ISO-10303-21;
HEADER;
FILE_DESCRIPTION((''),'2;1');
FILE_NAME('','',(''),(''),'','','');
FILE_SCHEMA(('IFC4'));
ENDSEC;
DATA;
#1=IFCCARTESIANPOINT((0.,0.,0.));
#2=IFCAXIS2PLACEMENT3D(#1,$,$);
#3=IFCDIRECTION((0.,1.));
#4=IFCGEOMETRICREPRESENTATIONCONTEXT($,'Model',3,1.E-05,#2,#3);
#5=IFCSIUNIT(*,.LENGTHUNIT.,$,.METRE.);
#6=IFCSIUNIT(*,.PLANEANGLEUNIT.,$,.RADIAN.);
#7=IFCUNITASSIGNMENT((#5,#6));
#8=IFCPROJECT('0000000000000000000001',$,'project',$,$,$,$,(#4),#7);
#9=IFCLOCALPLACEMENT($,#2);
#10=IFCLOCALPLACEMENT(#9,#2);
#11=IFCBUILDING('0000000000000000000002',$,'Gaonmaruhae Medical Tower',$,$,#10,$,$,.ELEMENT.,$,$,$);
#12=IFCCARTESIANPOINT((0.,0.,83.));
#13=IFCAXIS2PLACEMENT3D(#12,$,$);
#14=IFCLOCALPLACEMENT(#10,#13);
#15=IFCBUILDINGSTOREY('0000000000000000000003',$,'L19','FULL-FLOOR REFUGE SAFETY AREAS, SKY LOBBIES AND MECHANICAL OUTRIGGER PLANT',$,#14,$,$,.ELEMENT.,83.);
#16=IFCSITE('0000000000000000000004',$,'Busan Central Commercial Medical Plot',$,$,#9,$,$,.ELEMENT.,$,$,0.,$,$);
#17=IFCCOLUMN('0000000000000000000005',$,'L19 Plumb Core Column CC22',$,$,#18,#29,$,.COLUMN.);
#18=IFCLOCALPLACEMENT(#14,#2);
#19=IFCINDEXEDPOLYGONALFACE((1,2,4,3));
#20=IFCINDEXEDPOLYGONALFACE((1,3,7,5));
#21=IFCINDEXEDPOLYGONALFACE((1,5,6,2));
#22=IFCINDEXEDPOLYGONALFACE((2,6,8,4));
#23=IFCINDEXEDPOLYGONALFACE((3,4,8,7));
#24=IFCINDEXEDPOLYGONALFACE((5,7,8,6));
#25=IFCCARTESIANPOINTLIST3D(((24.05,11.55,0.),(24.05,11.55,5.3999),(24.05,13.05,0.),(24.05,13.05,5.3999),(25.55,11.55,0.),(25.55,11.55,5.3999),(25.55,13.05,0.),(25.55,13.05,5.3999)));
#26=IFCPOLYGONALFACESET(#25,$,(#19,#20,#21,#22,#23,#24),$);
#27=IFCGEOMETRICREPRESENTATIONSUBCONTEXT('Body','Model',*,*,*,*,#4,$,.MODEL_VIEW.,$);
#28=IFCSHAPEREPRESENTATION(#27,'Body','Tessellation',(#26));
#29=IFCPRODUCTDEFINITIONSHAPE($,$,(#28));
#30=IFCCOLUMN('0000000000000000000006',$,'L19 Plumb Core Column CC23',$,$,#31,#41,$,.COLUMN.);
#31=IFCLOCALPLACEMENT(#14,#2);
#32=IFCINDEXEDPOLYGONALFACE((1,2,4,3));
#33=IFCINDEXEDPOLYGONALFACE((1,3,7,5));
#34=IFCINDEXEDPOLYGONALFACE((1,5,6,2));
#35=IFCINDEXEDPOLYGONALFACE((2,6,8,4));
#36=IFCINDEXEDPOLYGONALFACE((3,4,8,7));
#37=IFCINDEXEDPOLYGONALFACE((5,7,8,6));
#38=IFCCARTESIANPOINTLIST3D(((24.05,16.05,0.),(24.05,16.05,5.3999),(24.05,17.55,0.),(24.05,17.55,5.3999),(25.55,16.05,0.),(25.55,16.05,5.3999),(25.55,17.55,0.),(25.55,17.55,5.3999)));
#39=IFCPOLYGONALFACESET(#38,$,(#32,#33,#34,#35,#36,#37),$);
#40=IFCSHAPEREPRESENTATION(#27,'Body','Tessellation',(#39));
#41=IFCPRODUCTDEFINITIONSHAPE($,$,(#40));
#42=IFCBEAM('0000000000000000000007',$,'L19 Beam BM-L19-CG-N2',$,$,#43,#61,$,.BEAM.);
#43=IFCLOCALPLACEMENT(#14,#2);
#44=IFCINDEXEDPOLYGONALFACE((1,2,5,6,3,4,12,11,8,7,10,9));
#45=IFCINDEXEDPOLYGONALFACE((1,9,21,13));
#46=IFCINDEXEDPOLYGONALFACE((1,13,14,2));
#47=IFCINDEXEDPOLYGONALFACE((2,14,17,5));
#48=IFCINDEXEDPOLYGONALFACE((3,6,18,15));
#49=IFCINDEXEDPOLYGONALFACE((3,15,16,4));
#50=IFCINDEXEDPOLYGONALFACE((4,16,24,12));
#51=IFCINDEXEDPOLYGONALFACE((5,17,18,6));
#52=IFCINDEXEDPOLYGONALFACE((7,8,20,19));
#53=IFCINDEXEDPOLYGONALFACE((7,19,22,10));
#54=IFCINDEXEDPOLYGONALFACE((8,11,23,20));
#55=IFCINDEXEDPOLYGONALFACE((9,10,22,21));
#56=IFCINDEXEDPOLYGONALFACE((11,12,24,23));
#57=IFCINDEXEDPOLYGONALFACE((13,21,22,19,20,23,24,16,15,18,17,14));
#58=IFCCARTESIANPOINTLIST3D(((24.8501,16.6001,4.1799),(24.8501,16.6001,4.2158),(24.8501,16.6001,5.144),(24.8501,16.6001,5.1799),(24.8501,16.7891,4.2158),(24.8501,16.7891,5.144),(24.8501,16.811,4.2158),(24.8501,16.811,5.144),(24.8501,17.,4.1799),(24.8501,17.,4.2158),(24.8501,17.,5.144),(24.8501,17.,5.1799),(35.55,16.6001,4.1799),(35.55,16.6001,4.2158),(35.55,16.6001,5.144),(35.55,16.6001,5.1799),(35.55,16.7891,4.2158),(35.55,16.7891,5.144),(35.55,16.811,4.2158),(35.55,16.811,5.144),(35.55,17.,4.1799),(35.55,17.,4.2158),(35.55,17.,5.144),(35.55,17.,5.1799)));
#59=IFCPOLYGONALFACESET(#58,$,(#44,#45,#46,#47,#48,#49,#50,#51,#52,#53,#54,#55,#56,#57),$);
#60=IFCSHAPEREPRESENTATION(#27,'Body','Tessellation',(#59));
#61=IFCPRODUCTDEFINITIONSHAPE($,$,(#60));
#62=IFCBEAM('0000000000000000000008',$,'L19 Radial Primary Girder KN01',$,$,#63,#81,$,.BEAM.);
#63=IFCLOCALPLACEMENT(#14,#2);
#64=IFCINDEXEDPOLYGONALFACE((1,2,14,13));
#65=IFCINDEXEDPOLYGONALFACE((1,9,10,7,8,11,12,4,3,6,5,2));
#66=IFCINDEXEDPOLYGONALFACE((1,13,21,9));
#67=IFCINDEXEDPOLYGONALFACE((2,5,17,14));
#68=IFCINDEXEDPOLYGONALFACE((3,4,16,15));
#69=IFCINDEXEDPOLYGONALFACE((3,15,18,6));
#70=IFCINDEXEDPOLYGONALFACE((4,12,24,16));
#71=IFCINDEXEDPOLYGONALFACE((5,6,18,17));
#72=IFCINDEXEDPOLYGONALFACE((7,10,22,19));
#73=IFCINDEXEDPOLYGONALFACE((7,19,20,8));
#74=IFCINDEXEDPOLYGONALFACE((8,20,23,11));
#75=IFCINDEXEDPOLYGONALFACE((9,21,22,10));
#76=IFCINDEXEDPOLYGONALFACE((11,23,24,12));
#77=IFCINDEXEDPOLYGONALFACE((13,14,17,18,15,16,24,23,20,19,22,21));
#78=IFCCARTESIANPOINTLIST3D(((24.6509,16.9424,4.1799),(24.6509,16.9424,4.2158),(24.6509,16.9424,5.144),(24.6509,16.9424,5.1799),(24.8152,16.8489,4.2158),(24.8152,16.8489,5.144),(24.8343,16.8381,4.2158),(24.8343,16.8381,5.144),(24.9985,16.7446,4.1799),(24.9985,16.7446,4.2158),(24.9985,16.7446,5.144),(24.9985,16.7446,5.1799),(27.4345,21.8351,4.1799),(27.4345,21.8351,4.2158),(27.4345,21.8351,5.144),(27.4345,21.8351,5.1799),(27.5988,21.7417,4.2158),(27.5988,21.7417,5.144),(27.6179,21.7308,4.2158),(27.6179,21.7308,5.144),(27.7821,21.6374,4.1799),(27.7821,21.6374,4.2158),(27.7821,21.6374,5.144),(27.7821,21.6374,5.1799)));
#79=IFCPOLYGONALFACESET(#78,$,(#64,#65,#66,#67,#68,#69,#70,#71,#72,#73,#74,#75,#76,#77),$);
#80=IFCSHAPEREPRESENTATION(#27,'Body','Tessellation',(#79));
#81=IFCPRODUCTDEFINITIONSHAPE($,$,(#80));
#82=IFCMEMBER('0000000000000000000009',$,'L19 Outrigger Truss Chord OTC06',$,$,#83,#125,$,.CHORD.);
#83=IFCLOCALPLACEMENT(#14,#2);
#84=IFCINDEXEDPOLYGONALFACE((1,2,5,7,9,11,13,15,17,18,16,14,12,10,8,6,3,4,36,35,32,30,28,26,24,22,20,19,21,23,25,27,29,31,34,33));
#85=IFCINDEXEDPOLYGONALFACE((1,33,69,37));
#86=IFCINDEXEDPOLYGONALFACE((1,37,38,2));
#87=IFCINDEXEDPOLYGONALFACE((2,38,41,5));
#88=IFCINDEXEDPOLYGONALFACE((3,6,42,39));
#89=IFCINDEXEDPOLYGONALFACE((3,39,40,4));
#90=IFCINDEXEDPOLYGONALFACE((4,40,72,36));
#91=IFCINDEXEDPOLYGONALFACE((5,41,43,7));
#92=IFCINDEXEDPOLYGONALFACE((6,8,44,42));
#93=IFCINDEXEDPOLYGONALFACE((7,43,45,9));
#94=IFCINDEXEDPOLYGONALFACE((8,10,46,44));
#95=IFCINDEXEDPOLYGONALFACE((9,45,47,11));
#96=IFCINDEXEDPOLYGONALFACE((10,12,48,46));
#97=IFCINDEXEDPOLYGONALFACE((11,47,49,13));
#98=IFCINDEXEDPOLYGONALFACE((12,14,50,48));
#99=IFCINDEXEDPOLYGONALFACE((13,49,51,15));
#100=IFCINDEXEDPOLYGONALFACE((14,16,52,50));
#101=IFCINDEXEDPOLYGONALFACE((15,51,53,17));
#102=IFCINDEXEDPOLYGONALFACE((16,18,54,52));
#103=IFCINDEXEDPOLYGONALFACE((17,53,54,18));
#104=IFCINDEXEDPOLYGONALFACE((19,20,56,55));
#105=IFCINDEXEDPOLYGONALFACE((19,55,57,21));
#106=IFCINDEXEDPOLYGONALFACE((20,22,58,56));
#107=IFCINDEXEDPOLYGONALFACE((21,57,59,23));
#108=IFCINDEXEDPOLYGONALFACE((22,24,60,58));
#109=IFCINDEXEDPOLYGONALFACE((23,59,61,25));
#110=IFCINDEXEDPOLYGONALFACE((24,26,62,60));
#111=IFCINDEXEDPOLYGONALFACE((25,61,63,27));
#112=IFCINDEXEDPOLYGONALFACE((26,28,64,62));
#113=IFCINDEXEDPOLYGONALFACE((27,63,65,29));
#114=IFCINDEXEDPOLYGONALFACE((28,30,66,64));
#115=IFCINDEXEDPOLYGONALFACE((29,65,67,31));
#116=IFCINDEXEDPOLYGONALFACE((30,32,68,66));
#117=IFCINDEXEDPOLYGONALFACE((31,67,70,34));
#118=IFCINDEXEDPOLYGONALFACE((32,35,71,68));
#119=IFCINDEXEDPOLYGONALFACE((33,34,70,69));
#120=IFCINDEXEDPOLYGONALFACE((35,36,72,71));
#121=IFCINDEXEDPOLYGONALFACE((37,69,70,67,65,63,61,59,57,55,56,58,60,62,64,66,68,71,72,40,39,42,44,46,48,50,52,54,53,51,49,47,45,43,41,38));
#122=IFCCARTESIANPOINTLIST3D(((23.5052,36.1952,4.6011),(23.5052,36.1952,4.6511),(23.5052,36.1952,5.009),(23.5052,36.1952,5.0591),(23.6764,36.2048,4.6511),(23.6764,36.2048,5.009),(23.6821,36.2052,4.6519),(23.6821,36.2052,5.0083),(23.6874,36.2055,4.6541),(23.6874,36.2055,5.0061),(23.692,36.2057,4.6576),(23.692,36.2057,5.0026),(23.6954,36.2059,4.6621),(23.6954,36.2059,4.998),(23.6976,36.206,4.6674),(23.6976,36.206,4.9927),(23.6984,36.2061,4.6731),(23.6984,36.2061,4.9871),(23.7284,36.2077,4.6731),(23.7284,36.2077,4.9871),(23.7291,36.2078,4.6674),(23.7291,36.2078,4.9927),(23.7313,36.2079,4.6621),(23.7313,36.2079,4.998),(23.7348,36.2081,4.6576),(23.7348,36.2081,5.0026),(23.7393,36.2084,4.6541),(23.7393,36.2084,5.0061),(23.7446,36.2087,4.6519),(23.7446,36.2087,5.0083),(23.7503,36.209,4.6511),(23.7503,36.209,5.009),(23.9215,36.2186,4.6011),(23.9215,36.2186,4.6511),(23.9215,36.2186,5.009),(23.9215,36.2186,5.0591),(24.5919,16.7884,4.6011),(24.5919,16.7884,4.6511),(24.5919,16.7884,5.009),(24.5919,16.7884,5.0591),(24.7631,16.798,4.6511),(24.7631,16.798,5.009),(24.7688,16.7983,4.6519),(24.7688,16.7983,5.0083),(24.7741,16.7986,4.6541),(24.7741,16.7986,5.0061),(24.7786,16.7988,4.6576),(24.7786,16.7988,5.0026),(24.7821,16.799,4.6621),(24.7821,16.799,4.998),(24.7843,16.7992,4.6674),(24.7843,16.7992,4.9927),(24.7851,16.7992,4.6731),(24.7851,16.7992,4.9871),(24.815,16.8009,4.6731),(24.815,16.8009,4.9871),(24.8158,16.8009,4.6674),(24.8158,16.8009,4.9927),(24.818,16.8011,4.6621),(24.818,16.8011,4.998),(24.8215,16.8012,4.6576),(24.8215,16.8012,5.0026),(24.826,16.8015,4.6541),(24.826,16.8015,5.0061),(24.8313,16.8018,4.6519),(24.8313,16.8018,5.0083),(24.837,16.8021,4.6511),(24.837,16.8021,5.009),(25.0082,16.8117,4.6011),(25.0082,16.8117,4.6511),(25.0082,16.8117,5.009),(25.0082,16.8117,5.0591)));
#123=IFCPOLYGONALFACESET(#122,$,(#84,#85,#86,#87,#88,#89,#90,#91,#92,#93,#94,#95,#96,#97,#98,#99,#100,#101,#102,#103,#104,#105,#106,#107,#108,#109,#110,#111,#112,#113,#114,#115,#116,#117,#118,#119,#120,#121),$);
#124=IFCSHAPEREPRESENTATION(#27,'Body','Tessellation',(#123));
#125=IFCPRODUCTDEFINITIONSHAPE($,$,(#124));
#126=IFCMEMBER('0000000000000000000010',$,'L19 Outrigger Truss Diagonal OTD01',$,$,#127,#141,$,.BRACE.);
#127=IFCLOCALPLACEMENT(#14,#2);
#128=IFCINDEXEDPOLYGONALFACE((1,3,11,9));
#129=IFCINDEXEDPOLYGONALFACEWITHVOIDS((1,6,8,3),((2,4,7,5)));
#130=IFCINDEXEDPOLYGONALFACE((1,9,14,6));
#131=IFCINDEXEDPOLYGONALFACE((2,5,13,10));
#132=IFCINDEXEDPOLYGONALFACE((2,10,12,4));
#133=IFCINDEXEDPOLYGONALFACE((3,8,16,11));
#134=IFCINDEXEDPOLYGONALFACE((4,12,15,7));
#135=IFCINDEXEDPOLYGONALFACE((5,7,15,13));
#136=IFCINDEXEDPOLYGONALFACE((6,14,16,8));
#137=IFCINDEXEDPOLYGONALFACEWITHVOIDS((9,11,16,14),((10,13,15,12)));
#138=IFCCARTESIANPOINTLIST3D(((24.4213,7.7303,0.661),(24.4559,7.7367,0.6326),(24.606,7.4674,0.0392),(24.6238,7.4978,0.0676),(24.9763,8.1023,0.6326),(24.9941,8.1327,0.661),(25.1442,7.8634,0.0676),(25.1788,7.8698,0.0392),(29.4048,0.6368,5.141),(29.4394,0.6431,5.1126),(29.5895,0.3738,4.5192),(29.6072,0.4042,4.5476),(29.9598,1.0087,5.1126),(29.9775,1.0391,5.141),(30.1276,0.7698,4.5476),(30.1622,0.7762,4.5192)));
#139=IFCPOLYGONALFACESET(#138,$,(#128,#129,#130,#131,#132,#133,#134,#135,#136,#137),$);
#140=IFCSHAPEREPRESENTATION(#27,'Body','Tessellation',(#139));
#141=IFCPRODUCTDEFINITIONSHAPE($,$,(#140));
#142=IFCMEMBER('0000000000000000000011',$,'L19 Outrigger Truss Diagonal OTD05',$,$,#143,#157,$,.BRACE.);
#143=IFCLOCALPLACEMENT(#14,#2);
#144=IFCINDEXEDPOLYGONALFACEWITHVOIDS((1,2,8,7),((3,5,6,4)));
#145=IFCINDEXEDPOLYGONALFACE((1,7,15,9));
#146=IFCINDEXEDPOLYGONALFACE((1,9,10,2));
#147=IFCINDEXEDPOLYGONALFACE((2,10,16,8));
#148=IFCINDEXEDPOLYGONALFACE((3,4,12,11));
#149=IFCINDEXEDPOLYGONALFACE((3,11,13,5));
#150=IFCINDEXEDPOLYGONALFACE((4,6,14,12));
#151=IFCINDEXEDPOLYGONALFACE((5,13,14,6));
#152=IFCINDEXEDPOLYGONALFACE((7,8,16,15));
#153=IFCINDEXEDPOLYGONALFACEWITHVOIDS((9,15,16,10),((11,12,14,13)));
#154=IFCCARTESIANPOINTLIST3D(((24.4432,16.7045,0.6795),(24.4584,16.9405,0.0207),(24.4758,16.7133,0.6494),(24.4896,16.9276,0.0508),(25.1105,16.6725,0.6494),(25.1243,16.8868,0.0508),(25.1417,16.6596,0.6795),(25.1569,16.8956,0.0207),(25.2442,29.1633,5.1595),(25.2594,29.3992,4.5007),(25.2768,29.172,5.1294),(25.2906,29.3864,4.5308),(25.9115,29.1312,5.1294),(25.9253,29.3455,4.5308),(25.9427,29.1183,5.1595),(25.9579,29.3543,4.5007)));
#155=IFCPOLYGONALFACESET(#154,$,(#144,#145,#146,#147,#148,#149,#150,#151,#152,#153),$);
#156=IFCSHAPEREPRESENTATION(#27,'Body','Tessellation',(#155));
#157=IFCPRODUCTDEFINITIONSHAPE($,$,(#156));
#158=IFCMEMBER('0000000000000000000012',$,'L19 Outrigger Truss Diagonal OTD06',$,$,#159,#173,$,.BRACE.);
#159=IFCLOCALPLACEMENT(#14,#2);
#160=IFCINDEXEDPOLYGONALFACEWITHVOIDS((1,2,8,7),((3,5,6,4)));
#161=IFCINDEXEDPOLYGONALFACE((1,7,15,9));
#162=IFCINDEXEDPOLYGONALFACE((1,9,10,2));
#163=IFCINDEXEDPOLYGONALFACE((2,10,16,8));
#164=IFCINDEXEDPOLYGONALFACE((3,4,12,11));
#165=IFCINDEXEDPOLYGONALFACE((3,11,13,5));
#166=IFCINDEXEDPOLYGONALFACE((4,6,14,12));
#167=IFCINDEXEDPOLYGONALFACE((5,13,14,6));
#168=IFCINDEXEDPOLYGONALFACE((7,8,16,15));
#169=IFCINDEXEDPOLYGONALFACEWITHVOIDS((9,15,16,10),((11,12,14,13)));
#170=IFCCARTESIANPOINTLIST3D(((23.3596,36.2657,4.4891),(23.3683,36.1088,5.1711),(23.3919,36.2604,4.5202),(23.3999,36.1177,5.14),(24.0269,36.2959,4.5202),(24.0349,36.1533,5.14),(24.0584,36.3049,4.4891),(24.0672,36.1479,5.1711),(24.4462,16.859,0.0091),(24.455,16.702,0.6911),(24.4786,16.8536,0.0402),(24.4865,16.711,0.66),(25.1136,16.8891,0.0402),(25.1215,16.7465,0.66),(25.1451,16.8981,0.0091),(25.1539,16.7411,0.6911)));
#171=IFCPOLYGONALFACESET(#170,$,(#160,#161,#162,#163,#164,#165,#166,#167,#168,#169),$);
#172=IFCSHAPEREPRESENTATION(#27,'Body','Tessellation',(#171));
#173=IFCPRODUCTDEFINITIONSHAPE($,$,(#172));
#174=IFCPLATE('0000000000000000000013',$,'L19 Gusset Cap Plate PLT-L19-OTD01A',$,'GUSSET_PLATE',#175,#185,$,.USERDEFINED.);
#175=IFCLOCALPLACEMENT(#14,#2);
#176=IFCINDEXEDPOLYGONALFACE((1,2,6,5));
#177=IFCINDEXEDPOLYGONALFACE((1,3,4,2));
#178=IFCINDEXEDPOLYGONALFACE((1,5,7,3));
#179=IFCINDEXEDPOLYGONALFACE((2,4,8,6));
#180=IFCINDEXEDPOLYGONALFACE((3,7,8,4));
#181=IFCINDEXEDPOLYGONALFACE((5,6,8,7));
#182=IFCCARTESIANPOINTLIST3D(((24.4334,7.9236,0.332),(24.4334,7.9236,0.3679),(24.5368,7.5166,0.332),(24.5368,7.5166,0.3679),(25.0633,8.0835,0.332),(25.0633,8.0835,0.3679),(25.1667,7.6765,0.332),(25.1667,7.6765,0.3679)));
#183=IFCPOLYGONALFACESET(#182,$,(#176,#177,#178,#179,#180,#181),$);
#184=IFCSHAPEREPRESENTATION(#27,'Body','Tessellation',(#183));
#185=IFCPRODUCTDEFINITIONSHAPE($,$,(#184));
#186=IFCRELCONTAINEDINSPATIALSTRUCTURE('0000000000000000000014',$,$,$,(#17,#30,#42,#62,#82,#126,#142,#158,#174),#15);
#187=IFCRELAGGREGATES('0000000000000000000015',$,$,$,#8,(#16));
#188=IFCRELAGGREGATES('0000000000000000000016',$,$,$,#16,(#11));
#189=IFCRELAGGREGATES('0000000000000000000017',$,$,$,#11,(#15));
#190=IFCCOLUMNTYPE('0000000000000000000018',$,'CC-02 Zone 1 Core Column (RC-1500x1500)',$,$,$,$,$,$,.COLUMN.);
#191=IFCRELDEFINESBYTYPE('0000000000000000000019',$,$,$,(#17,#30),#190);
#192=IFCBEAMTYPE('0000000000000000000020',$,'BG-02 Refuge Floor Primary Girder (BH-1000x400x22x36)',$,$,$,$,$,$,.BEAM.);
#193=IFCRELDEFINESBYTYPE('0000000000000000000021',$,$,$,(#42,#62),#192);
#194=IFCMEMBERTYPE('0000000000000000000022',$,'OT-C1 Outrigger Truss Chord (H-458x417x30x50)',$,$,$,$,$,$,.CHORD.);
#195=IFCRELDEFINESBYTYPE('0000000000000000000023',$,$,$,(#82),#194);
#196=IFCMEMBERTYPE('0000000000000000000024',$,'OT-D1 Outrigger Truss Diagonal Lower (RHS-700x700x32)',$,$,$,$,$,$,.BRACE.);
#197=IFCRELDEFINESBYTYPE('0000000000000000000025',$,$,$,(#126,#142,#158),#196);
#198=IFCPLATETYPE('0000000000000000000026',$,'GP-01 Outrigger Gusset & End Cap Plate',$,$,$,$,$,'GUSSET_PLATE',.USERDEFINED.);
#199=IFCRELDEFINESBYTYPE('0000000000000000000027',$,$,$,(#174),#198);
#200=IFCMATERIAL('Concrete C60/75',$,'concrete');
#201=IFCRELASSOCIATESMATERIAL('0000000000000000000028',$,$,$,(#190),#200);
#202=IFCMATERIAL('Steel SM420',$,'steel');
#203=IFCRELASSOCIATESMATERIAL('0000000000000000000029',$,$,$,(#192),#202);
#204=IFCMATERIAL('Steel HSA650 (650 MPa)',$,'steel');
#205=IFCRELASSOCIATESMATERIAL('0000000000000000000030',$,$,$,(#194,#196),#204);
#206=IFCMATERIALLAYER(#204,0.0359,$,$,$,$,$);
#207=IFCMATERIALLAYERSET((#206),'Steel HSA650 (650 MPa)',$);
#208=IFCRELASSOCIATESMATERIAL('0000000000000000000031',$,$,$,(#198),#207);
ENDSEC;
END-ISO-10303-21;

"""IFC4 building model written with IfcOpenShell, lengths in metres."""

from ifc_helpers import new_model, si_unit, direction, frame, origin, origin_2d, place, context, subcontext, project, spatial, rectangle, hollow_rectangle, i_section, extrude, material, layer, layer_set, material_profile, profile_set, type_object, element, save


model = new_model("IFC4")

# Units and contexts
model_context = context("Model", 3, precision=1e-05, world=origin(), true_north=direction((0.0, 1.0)))
body_context = subcontext(model_context, "Body", "Model", "MODEL_VIEW")
ifc_project = project(units=[si_unit("LENGTHUNIT", "METRE"), si_unit("PLANEANGLEUNIT", "RADIAN")], contexts=[model_context])

# Site, building, storey
site_placement = place(None, origin())
site = spatial("IfcSite", under=ifc_project, at=site_placement, Name="Busan Central Commercial Medical Plot", CompositionType="ELEMENT", RefElevation=0.0)
building_placement = place(site_placement, origin())
building = spatial("IfcBuilding", under=site, at=building_placement, Name="Gaonmaruhae Medical Tower", CompositionType="ELEMENT")
storey_placement = place(building_placement, frame((0.0, 0.0, 83.0)))
storey = spatial("IfcBuildingStorey", under=building, at=storey_placement, Name="L19", Description="FULL-FLOOR REFUGE SAFETY AREAS, SKY LOBBIES AND MECHANICAL OUTRIGGER PLANT", CompositionType="ELEMENT", Elevation=83.0)

# Columns
ifc_material_1 = material(Name="Concrete C60/75", Category="concrete")
ifc_material_profile_1 = material_profile(ifc_material_1, rectangle(XDim=1.5, YDim=1.5, at=origin_2d()), Name="RC-1500x1500")
ifc_profile_set_1 = profile_set([ifc_material_profile_1], Name="Concrete C60/75")
column_type = type_object("IfcColumnType", Name="CC-02 Zone 1 Core Column (RC-1500x1500)", PredefinedType="COLUMN", material=ifc_profile_set_1)
for number, where, z_axis, x_axis, name in (
    (1, (24.8, 12.3, 0.0), (0.0, 0.0, 1.0), (1.0, 0.0, 0.0), "L19 Plumb Core Column CC22"),
    (2, (24.8, 16.8, 0.0), (0.0, 0.0, 1.0), (1.0, 0.0, 0.0), "L19 Plumb Core Column CC23"),
):
    element("IfcColumn", number, at=place(storey_placement, frame(where, z_axis=z_axis, x_axis=x_axis)), inside=storey, type_object=column_type, Name=name, PredefinedType="COLUMN", context=body_context, shape_type="SweptSolid", body=[
        extrude(rectangle(XDim=1.5, YDim=1.5, at=origin_2d()), origin(), (0.0, 0.0, 1.0), 5.3999),
    ])

# Beams
ifc_material_2 = material(Name="Steel SM420", Category="steel")
ifc_material_profile_2 = material_profile(ifc_material_2, i_section(OverallWidth=0.3999, OverallDepth=1.0, WebThickness=0.022, FlangeThickness=0.0359, at=origin_2d()), Name="BH-1000x400x22x36")
ifc_profile_set_2 = profile_set([ifc_material_profile_2], Name="Steel SM420")
beam_type = type_object("IfcBeamType", Name="BG-02 Refuge Floor Primary Girder (BH-1000x400x22x36)", PredefinedType="BEAM", material=ifc_profile_set_2)
beam_1_placement = place(storey_placement, frame((24.8501, 16.8, 4.6799), z_axis=(1.0, 0.0, 0.0), x_axis=(0.0, 1.0, 0.0)))
element("IfcBeam", 3, at=beam_1_placement, inside=storey, type_object=beam_type, Name="L19 Beam BM-L19-CG-N2", PredefinedType="BEAM", context=body_context, shape_type="SweptSolid", body=[
    extrude(i_section(OverallWidth=0.3999, OverallDepth=1.0, WebThickness=0.022, FlangeThickness=0.0359, at=origin_2d()), origin(), (0.0, 0.0, 1.0), 10.7),
])
beam_2_placement = place(storey_placement, frame((24.8247, 16.8435, 4.6799), z_axis=(0.494503, 0.869176, 0.0), x_axis=(-0.869176, 0.494503, 0.0)))
element("IfcBeam", 4, at=beam_2_placement, inside=storey, type_object=beam_type, Name="L19 Radial Primary Girder KN01", PredefinedType="BEAM", context=body_context, shape_type="SweptSolid", body=[
    extrude(i_section(OverallWidth=0.3999, OverallDepth=1.0, WebThickness=0.022, FlangeThickness=0.0359, at=origin_2d()), origin(), (0.0, 0.0, 1.0), 5.6292),
])

# Members
ifc_material_3 = material(Name="Steel HSA650 (650 MPa)", Category="steel")
ifc_material_profile_3 = material_profile(ifc_material_3, i_section(OverallWidth=0.417, OverallDepth=0.458, WebThickness=0.03, FlangeThickness=0.05, FilletRadius=0.022, at=origin_2d()), Name="H-458x417x30x50")
ifc_profile_set_3 = profile_set([ifc_material_profile_3], Name="Steel HSA650 (650 MPa)")
member_type_1 = type_object("IfcMemberType", Name="OT-C1 Outrigger Truss Chord (H-458x417x30x50)", PredefinedType="CHORD", material=ifc_profile_set_3)
member_1_placement = place(storey_placement, frame((24.8, 16.8, 4.8301), z_axis=(-0.055907, 0.998436, 0.0), x_axis=(-0.998436, -0.055907, 0.0)))
element("IfcMember", 5, at=member_1_placement, inside=storey, type_object=member_type_1, Name="L19 Outrigger Truss Chord OTC06", PredefinedType="CHORD", context=body_context, shape_type="SweptSolid", body=[
    extrude(i_section(OverallWidth=0.417, OverallDepth=0.458, WebThickness=0.03, FlangeThickness=0.05, FilletRadius=0.022, at=origin_2d()), origin(), (0.0, 0.0, 1.0), 19.4373),
])
ifc_material_profile_4 = material_profile(ifc_material_3, hollow_rectangle(XDim=0.7, YDim=0.7, WallThickness=0.032, at=origin_2d()), Name="RHS-700x700x32")
ifc_profile_set_4 = profile_set([ifc_material_profile_4], Name="Steel HSA650 (650 MPa)")
member_type_2 = type_object("IfcMemberType", Name="OT-D1 Outrigger Truss Diagonal Lower (RHS-700x700x32)", PredefinedType="BRACE", material=ifc_profile_set_4)
member_2_placement = place(storey_placement, frame((24.8, 7.8, 0.3501), z_axis=(0.510689, -0.726928, 0.459099), x_axis=(0.818258, 0.574851, 0.0)))
element("IfcMember", 6, at=member_2_placement, inside=storey, type_object=member_type_2, Name="L19 Outrigger Truss Diagonal OTD01", PredefinedType="BRACE", context=body_context, shape_type="SweptSolid", body=[
    extrude(hollow_rectangle(XDim=0.7, YDim=0.7, WallThickness=0.032, at=origin_2d()), origin(), (0.0, 0.0, 1.0), 9.7583),
])
member_3_placement = place(storey_placement, frame((24.8, 16.8, 0.3501), z_axis=(0.060391, 0.939294, 0.337756), x_axis=(-0.99794, 0.064162, 0.0)))
element("IfcMember", 7, at=member_3_placement, inside=storey, type_object=member_type_2, Name="L19 Outrigger Truss Diagonal OTD05", PredefinedType="BRACE", context=body_context, shape_type="SweptSolid", body=[
    extrude(hollow_rectangle(XDim=0.7, YDim=0.7, WallThickness=0.032, at=origin_2d()), origin(), (0.0, 0.0, 1.0), 13.2639),
])
member_4_placement = place(storey_placement, frame((24.8, 16.8, 0.3501), z_axis=(-0.054479, 0.972928, 0.224597), x_axis=(-0.998436, -0.055907, 0.0)))
element("IfcMember", 8, at=member_4_placement, inside=storey, type_object=member_type_2, Name="L19 Outrigger Truss Diagonal OTD06", PredefinedType="BRACE", context=body_context, shape_type="SweptSolid", body=[
    extrude(hollow_rectangle(XDim=0.7, YDim=0.7, WallThickness=0.032, at=origin_2d()), origin(), (0.0, 0.0, 1.0), 19.9468),
])

# Plate
ifc_layer_1 = layer(ifc_material_3, 0.0359)
ifc_layer_set_1 = layer_set([ifc_layer_1], Name="Steel HSA650 (650 MPa)")
plate_type = type_object("IfcPlateType", Name="GP-01 Outrigger Gusset & End Cap Plate", ElementType="GUSSET_PLATE", PredefinedType="USERDEFINED", material=ifc_layer_set_1)
for number, where, z_axis, x_axis, name in (
    (9, (24.8, 7.8, 0.332), (0.0, 0.0, 1.0), (0.969231, 0.246153, 0.0), "L19 Gusset Cap Plate PLT-L19-OTD01A"),
):
    element("IfcPlate", number, at=place(storey_placement, frame(where, z_axis=z_axis, x_axis=x_axis)), inside=storey, type_object=plate_type, Name=name, ObjectType="GUSSET_PLATE", PredefinedType="USERDEFINED", context=body_context, shape_type="SweptSolid", body=[
        extrude(rectangle(XDim=0.6499, YDim=0.4199, at=origin_2d()), origin(), (0.0, 0.0, 1.0), 0.0359),
    ])

save(model, "model.ifc")
